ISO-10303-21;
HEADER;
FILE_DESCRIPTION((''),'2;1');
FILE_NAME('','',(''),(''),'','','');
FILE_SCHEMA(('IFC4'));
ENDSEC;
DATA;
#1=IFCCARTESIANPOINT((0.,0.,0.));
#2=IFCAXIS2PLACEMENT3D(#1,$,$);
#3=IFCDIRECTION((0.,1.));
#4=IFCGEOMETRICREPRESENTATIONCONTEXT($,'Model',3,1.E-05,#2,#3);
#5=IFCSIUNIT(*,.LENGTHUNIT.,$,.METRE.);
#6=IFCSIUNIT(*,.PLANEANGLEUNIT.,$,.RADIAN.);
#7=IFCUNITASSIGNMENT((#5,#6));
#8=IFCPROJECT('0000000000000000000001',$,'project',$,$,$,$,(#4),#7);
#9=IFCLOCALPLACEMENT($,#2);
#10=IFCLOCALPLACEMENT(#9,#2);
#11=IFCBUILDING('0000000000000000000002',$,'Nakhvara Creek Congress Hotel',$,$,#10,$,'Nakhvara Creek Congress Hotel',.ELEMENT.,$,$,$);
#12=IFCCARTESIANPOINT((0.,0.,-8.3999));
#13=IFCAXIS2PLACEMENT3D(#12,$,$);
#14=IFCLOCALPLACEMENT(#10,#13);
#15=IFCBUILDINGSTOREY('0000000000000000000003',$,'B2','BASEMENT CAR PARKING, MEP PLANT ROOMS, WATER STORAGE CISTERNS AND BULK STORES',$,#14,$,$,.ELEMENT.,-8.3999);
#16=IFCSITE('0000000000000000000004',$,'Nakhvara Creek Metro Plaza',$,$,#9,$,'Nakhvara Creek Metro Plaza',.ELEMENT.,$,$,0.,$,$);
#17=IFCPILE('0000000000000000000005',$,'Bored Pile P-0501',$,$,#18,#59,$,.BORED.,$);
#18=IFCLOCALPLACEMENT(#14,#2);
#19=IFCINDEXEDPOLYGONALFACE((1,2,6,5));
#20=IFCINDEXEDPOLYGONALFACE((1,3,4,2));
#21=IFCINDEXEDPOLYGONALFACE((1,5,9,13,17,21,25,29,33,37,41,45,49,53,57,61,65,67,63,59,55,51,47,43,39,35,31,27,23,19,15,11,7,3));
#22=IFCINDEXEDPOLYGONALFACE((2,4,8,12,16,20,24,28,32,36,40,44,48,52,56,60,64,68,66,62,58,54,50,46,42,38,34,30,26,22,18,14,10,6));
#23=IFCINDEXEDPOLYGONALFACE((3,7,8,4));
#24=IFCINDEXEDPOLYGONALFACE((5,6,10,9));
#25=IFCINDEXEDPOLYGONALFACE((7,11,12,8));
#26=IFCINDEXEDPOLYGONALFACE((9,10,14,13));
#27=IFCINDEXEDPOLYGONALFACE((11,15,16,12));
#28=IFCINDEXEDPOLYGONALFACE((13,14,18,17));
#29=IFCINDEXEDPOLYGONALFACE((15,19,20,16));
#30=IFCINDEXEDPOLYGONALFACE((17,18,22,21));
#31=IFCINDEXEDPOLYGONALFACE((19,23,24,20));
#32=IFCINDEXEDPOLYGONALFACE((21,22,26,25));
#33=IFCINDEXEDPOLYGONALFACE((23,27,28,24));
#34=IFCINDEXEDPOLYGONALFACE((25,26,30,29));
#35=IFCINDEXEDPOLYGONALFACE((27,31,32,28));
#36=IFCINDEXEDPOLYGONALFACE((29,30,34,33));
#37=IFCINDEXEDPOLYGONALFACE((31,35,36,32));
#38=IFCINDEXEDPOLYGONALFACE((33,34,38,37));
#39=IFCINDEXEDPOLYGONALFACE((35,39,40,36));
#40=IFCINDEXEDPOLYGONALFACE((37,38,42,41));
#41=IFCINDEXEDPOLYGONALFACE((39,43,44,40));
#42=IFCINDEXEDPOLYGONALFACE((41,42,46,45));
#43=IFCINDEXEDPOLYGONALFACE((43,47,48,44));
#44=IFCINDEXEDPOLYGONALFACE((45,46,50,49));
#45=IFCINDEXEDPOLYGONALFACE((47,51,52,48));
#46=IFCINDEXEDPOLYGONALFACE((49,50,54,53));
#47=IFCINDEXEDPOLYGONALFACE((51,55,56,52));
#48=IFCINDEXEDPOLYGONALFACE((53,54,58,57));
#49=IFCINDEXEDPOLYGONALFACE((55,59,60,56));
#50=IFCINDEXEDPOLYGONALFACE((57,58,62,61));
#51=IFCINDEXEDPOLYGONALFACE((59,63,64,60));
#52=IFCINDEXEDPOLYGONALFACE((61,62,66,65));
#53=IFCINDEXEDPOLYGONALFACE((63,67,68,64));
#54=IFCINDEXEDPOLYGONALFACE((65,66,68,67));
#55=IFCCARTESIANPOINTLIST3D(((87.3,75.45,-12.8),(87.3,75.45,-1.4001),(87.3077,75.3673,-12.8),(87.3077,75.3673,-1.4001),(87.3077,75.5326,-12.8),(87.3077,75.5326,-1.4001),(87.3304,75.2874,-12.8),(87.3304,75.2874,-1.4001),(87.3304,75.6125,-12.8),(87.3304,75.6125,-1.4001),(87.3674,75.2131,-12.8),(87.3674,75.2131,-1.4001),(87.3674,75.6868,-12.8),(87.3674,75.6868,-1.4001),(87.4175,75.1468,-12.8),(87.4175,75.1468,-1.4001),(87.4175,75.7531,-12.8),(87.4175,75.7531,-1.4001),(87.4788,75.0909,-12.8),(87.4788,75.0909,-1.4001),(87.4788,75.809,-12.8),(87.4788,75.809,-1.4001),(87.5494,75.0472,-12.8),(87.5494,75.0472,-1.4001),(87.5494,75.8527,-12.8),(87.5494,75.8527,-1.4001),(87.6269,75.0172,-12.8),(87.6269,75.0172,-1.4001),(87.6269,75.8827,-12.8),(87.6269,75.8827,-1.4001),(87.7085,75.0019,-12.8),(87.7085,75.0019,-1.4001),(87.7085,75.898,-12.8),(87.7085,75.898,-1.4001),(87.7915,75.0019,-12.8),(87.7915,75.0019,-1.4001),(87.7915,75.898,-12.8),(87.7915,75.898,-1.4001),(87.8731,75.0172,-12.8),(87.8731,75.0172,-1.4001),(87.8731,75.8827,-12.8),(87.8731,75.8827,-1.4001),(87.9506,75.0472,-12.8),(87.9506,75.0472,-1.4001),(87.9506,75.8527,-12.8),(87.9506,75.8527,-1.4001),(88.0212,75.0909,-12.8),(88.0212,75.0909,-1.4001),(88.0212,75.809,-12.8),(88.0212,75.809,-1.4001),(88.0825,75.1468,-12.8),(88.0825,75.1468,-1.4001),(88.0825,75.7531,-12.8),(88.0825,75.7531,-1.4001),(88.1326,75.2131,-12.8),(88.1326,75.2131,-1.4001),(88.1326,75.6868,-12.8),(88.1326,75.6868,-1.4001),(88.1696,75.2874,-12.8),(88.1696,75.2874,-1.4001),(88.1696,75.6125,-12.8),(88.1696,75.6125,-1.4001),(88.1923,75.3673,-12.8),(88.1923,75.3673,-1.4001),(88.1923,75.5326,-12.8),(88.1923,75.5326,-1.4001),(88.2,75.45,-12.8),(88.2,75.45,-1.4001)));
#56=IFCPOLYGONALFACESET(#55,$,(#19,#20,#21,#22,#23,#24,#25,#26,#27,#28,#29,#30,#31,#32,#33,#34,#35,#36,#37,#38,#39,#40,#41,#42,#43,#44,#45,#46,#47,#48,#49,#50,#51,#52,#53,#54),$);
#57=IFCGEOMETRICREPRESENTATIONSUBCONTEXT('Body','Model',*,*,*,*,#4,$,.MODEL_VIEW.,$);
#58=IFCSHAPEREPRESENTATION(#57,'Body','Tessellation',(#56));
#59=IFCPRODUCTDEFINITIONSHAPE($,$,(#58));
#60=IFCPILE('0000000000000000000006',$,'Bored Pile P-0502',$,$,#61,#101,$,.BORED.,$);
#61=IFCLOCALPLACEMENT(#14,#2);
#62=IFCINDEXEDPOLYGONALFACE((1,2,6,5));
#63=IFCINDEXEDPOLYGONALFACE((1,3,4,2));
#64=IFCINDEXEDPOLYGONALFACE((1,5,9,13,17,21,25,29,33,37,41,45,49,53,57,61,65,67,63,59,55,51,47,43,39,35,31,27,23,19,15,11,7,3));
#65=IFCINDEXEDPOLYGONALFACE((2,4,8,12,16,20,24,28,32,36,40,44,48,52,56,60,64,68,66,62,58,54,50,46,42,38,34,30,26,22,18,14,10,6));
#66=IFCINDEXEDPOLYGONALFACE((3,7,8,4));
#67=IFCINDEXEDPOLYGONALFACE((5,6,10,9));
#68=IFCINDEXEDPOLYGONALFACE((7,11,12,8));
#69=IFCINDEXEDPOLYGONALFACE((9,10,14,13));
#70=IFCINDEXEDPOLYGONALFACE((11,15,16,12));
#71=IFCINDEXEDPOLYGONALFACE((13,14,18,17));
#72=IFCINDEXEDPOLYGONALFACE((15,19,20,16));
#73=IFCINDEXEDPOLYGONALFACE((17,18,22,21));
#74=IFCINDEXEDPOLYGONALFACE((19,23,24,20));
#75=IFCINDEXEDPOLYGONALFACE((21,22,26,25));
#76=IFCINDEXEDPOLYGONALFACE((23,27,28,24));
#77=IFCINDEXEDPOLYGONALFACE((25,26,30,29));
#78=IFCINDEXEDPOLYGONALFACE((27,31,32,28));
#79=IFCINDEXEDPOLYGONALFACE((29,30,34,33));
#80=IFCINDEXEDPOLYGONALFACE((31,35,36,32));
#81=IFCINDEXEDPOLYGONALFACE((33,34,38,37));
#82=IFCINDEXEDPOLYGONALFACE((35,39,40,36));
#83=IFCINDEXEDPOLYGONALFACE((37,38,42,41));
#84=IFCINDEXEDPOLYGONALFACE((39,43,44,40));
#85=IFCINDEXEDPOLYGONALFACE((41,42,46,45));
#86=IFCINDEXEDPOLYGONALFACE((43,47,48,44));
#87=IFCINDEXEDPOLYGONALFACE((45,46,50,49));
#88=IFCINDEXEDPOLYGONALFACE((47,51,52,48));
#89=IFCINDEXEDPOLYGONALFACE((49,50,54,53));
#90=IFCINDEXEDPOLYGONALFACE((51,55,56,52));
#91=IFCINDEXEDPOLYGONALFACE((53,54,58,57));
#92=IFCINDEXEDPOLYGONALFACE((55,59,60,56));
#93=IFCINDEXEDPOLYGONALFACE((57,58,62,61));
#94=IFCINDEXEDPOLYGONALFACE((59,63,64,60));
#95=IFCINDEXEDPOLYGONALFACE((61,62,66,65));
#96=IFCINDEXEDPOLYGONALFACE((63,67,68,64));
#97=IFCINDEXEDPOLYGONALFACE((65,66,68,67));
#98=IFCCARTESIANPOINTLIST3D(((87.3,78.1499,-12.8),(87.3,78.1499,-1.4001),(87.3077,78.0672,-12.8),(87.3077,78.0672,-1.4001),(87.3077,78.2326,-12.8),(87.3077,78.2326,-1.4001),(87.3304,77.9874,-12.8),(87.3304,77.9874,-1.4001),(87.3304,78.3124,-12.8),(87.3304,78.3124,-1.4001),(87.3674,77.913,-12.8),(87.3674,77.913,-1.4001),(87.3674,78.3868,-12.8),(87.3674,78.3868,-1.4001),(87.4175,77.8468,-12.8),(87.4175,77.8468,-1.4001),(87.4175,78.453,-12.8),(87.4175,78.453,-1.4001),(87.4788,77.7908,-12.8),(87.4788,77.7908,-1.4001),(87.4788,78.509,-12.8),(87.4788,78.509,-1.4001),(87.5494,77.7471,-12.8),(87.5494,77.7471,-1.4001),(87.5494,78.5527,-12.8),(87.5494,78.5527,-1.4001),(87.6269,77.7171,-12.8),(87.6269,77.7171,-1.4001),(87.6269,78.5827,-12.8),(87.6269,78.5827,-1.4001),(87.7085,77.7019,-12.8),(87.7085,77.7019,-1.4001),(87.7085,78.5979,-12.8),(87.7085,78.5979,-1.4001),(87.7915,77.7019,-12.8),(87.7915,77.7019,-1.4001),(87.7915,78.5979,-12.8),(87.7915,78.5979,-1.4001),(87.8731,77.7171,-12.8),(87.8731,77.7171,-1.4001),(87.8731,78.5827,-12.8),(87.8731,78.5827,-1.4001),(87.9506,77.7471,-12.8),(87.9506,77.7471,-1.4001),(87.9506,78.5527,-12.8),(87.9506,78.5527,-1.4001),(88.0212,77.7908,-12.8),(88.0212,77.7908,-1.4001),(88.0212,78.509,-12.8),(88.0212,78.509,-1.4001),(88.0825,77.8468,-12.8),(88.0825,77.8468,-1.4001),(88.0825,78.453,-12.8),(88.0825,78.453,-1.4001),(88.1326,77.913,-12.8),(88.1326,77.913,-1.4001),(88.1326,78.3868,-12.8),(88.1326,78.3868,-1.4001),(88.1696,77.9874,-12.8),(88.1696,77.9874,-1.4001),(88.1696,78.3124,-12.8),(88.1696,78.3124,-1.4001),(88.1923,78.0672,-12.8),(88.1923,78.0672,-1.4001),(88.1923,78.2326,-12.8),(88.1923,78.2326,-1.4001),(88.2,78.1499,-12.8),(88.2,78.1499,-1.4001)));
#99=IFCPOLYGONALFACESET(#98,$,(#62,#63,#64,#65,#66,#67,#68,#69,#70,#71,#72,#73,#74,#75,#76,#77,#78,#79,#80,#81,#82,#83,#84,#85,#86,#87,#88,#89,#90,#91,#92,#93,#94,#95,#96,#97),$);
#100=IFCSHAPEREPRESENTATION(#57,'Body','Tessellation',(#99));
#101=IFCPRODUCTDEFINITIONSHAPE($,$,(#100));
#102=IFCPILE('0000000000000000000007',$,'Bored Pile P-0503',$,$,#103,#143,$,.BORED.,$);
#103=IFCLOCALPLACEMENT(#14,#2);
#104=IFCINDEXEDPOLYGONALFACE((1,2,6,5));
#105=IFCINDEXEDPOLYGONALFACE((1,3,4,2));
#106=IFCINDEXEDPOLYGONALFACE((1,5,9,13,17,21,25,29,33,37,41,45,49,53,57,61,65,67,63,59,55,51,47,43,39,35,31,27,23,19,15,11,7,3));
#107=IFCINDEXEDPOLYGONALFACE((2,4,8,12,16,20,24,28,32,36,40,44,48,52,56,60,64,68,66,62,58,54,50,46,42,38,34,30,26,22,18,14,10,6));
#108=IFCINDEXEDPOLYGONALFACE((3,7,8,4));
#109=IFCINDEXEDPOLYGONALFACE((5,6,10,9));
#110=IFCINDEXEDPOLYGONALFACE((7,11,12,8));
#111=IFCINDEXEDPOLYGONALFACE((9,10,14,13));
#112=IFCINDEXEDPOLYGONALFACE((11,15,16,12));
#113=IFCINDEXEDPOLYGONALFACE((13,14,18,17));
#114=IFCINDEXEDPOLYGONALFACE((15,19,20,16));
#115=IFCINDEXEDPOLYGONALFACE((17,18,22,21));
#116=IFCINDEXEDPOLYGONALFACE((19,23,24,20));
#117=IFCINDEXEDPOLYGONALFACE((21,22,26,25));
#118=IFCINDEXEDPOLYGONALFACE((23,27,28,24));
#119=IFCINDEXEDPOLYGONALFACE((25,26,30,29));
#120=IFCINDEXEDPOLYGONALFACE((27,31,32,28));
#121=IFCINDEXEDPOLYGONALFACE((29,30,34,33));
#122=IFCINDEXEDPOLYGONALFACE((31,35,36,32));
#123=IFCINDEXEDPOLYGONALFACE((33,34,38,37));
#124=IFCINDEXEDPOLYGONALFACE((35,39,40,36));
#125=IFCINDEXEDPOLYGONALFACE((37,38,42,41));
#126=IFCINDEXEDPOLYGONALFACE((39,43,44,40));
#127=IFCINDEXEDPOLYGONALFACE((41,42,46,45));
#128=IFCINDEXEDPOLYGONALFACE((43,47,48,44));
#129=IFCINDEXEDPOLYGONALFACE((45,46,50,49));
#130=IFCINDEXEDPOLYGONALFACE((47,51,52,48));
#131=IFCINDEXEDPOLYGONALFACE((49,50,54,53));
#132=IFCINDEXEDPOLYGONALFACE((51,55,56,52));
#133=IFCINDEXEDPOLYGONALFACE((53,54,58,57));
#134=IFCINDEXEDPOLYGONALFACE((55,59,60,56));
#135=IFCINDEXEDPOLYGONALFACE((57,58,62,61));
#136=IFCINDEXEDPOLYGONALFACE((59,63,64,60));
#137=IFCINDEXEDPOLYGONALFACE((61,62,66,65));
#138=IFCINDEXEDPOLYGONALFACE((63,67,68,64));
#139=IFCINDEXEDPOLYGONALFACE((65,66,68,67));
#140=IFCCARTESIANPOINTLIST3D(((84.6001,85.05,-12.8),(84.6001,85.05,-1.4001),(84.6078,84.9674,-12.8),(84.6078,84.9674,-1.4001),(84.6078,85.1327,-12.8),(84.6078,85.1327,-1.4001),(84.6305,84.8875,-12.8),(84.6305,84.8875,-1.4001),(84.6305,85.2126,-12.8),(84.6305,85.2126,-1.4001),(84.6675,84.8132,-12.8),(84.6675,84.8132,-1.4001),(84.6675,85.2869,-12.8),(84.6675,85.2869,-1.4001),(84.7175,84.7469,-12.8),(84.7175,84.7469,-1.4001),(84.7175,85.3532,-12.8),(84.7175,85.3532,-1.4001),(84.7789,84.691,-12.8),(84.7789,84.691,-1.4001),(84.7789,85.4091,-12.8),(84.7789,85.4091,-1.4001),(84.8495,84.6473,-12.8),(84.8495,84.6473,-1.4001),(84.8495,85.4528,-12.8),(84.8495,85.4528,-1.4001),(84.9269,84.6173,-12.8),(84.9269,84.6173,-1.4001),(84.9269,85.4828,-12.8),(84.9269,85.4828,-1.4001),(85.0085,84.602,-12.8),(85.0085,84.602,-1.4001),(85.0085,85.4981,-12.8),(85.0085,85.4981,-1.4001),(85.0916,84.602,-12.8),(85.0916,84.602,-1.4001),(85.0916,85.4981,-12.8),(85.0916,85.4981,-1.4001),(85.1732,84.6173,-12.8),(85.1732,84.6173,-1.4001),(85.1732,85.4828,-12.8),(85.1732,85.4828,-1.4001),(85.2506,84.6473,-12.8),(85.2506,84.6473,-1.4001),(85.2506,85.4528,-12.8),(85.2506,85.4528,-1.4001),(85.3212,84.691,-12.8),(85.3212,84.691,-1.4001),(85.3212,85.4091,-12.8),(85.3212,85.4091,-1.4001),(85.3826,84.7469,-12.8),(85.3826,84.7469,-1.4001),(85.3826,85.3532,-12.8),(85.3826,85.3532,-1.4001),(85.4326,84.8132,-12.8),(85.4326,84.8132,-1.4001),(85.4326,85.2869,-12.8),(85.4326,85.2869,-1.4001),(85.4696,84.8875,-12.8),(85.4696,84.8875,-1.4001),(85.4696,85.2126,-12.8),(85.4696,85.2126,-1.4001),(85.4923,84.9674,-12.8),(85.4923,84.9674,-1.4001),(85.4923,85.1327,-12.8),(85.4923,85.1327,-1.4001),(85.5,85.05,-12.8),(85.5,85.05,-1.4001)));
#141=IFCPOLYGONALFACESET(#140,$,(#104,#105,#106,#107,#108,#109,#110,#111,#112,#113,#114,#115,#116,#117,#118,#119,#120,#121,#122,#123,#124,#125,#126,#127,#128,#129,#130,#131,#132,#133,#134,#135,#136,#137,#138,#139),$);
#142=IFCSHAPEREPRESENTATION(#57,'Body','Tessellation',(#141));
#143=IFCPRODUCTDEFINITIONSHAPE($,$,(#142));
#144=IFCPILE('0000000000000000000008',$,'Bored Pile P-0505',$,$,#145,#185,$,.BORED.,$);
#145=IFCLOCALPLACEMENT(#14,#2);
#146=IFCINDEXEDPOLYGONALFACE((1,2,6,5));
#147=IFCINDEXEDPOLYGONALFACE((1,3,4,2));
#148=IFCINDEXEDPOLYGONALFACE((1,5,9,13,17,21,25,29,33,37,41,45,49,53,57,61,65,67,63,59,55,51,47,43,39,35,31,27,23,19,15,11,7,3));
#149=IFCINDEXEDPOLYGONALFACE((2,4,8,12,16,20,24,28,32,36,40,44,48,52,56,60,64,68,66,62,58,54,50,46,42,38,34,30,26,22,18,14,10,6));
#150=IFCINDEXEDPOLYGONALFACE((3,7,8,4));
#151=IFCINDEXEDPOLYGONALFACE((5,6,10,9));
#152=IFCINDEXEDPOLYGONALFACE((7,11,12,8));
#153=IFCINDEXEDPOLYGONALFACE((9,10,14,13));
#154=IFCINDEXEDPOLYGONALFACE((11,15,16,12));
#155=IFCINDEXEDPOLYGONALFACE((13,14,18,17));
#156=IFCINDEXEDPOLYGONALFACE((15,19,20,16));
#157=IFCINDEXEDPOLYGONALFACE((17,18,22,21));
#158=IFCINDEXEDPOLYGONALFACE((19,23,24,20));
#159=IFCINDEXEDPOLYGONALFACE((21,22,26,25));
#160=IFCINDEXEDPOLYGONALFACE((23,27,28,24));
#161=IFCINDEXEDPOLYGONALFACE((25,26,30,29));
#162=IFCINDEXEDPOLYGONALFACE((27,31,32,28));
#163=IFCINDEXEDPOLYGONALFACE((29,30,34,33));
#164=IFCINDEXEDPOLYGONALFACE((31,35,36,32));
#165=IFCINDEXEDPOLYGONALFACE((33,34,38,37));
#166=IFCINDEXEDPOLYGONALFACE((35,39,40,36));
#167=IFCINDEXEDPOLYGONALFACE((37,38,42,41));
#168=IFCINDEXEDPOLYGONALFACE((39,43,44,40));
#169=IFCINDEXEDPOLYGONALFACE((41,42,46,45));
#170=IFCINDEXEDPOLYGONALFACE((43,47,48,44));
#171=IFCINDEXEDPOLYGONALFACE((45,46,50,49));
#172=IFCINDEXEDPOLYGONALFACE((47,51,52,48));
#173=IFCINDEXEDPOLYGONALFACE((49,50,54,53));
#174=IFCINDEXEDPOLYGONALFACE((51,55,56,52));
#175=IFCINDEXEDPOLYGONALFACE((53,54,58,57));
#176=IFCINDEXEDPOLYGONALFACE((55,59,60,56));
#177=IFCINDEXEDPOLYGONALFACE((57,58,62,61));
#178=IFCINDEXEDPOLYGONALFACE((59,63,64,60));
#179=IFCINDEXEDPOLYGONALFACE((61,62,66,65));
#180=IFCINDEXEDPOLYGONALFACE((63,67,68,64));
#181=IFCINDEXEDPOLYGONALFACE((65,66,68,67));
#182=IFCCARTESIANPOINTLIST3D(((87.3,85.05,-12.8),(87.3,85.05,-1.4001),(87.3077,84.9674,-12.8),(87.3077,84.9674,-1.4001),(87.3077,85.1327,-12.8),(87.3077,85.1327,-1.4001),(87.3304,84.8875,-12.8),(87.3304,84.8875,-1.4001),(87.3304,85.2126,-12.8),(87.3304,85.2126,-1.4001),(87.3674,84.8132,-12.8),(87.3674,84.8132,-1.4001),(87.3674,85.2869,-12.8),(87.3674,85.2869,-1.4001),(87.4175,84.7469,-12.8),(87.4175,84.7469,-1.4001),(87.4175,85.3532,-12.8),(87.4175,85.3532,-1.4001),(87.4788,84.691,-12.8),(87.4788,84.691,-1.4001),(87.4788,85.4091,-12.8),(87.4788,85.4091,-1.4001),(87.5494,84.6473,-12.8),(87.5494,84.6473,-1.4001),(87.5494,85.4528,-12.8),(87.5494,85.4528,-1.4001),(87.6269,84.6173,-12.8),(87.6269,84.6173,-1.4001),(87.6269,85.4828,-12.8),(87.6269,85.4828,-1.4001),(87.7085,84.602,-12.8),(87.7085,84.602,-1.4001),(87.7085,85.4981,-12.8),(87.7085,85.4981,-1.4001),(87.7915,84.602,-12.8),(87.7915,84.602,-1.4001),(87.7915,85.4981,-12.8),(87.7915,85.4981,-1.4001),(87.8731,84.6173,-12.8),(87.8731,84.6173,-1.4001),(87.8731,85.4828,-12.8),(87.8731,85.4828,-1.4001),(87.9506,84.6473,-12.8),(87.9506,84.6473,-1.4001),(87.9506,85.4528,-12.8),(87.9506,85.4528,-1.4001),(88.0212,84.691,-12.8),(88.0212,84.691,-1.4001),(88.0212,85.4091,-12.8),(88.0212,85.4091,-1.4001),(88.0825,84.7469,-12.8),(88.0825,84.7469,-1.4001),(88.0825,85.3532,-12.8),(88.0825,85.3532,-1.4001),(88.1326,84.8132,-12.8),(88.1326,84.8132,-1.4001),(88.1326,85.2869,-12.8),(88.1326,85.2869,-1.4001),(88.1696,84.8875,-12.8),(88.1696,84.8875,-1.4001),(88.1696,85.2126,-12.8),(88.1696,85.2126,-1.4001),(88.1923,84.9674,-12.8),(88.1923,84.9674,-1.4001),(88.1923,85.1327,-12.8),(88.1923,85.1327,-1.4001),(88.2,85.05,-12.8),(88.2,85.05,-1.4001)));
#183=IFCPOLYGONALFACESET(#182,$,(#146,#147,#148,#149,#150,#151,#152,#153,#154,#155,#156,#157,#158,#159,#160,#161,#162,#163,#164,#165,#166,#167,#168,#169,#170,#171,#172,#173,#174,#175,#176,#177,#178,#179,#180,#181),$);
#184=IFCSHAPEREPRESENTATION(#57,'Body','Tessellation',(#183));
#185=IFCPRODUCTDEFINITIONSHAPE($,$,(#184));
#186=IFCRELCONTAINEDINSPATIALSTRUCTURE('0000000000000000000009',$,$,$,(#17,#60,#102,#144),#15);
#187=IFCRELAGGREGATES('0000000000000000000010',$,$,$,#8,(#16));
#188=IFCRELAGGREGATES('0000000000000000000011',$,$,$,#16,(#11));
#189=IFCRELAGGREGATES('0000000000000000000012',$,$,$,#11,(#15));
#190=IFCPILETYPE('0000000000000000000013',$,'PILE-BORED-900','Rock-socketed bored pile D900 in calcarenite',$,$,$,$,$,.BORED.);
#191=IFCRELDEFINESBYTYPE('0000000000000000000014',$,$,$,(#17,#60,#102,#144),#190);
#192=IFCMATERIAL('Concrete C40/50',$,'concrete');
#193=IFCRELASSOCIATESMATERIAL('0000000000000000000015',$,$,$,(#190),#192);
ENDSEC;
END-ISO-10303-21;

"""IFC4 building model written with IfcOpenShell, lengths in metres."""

from ifc_helpers import new_model, si_unit, direction, frame, origin, origin_2d, place, context, subcontext, project, spatial, circle, extrude, material, material_profile, profile_set, type_object, element, save


model = new_model("IFC4")

# Units and contexts
model_context = context("Model", 3, precision=1e-05, world=origin(), true_north=direction((0.0, 1.0)))
body_context = subcontext(model_context, "Body", "Model", "MODEL_VIEW")
ifc_project = project(units=[si_unit("LENGTHUNIT", "METRE"), si_unit("PLANEANGLEUNIT", "RADIAN")], contexts=[model_context])

# Site, building, storey
site_placement = place(None, origin())
site = spatial("IfcSite", under=ifc_project, at=site_placement, Name="Nakhvara Creek Metro Plaza", LongName="Nakhvara Creek Metro Plaza", CompositionType="ELEMENT", RefElevation=0.0)
building_placement = place(site_placement, origin())
building = spatial("IfcBuilding", under=site, at=building_placement, Name="Nakhvara Creek Congress Hotel", LongName="Nakhvara Creek Congress Hotel", CompositionType="ELEMENT")
storey_placement = place(building_placement, frame((0.0, 0.0, -8.3999)))
storey = spatial("IfcBuildingStorey", under=building, at=storey_placement, Name="B2", Description="BASEMENT CAR PARKING, MEP PLANT ROOMS, WATER STORAGE CISTERNS AND BULK STORES", CompositionType="ELEMENT", Elevation=-8.3999)

# Shared definitions
ifc_material_1 = material(Name="Concrete C40/50", Category="concrete")

# Piles
ifc_material_profile_1 = material_profile(ifc_material_1, circle(Radius=0.45, at=origin_2d()), Name="BORED PILE D900", Category="LoadBearing")
ifc_profile_set_1 = profile_set([ifc_material_profile_1], Name="Concrete C40/50")
pile_type = type_object("IfcPileType", Name="PILE-BORED-900", Description="Rock-socketed bored pile D900 in calcarenite", PredefinedType="BORED", material=ifc_profile_set_1)
for number, where, z_axis, x_axis, name in (
    (1, (87.75, 75.45, -1.4001), (0.0, 0.0, -1.0), (1.0, 0.0, 0.0), "Bored Pile P-0501"),
    (2, (87.75, 78.1499, -1.4001), (0.0, 0.0, -1.0), (1.0, 0.0, 0.0), "Bored Pile P-0502"),
    (3, (85.05, 85.05, -1.4001), (0.0, 0.0, -1.0), (1.0, 0.0, 0.0), "Bored Pile P-0503"),
    (4, (87.75, 85.05, -1.4001), (0.0, 0.0, -1.0), (1.0, 0.0, 0.0), "Bored Pile P-0505"),
):
    element("IfcPile", number, at=place(storey_placement, frame(where, z_axis=z_axis, x_axis=x_axis)), inside=storey, type_object=pile_type, Name=name, PredefinedType="BORED", context=body_context, shape_type="SweptSolid", body=[
        extrude(circle(Radius=0.45, at=origin_2d()), origin(), (0.0, 0.0, 1.0), 11.3999),
    ])

save(model, "model.ifc")
